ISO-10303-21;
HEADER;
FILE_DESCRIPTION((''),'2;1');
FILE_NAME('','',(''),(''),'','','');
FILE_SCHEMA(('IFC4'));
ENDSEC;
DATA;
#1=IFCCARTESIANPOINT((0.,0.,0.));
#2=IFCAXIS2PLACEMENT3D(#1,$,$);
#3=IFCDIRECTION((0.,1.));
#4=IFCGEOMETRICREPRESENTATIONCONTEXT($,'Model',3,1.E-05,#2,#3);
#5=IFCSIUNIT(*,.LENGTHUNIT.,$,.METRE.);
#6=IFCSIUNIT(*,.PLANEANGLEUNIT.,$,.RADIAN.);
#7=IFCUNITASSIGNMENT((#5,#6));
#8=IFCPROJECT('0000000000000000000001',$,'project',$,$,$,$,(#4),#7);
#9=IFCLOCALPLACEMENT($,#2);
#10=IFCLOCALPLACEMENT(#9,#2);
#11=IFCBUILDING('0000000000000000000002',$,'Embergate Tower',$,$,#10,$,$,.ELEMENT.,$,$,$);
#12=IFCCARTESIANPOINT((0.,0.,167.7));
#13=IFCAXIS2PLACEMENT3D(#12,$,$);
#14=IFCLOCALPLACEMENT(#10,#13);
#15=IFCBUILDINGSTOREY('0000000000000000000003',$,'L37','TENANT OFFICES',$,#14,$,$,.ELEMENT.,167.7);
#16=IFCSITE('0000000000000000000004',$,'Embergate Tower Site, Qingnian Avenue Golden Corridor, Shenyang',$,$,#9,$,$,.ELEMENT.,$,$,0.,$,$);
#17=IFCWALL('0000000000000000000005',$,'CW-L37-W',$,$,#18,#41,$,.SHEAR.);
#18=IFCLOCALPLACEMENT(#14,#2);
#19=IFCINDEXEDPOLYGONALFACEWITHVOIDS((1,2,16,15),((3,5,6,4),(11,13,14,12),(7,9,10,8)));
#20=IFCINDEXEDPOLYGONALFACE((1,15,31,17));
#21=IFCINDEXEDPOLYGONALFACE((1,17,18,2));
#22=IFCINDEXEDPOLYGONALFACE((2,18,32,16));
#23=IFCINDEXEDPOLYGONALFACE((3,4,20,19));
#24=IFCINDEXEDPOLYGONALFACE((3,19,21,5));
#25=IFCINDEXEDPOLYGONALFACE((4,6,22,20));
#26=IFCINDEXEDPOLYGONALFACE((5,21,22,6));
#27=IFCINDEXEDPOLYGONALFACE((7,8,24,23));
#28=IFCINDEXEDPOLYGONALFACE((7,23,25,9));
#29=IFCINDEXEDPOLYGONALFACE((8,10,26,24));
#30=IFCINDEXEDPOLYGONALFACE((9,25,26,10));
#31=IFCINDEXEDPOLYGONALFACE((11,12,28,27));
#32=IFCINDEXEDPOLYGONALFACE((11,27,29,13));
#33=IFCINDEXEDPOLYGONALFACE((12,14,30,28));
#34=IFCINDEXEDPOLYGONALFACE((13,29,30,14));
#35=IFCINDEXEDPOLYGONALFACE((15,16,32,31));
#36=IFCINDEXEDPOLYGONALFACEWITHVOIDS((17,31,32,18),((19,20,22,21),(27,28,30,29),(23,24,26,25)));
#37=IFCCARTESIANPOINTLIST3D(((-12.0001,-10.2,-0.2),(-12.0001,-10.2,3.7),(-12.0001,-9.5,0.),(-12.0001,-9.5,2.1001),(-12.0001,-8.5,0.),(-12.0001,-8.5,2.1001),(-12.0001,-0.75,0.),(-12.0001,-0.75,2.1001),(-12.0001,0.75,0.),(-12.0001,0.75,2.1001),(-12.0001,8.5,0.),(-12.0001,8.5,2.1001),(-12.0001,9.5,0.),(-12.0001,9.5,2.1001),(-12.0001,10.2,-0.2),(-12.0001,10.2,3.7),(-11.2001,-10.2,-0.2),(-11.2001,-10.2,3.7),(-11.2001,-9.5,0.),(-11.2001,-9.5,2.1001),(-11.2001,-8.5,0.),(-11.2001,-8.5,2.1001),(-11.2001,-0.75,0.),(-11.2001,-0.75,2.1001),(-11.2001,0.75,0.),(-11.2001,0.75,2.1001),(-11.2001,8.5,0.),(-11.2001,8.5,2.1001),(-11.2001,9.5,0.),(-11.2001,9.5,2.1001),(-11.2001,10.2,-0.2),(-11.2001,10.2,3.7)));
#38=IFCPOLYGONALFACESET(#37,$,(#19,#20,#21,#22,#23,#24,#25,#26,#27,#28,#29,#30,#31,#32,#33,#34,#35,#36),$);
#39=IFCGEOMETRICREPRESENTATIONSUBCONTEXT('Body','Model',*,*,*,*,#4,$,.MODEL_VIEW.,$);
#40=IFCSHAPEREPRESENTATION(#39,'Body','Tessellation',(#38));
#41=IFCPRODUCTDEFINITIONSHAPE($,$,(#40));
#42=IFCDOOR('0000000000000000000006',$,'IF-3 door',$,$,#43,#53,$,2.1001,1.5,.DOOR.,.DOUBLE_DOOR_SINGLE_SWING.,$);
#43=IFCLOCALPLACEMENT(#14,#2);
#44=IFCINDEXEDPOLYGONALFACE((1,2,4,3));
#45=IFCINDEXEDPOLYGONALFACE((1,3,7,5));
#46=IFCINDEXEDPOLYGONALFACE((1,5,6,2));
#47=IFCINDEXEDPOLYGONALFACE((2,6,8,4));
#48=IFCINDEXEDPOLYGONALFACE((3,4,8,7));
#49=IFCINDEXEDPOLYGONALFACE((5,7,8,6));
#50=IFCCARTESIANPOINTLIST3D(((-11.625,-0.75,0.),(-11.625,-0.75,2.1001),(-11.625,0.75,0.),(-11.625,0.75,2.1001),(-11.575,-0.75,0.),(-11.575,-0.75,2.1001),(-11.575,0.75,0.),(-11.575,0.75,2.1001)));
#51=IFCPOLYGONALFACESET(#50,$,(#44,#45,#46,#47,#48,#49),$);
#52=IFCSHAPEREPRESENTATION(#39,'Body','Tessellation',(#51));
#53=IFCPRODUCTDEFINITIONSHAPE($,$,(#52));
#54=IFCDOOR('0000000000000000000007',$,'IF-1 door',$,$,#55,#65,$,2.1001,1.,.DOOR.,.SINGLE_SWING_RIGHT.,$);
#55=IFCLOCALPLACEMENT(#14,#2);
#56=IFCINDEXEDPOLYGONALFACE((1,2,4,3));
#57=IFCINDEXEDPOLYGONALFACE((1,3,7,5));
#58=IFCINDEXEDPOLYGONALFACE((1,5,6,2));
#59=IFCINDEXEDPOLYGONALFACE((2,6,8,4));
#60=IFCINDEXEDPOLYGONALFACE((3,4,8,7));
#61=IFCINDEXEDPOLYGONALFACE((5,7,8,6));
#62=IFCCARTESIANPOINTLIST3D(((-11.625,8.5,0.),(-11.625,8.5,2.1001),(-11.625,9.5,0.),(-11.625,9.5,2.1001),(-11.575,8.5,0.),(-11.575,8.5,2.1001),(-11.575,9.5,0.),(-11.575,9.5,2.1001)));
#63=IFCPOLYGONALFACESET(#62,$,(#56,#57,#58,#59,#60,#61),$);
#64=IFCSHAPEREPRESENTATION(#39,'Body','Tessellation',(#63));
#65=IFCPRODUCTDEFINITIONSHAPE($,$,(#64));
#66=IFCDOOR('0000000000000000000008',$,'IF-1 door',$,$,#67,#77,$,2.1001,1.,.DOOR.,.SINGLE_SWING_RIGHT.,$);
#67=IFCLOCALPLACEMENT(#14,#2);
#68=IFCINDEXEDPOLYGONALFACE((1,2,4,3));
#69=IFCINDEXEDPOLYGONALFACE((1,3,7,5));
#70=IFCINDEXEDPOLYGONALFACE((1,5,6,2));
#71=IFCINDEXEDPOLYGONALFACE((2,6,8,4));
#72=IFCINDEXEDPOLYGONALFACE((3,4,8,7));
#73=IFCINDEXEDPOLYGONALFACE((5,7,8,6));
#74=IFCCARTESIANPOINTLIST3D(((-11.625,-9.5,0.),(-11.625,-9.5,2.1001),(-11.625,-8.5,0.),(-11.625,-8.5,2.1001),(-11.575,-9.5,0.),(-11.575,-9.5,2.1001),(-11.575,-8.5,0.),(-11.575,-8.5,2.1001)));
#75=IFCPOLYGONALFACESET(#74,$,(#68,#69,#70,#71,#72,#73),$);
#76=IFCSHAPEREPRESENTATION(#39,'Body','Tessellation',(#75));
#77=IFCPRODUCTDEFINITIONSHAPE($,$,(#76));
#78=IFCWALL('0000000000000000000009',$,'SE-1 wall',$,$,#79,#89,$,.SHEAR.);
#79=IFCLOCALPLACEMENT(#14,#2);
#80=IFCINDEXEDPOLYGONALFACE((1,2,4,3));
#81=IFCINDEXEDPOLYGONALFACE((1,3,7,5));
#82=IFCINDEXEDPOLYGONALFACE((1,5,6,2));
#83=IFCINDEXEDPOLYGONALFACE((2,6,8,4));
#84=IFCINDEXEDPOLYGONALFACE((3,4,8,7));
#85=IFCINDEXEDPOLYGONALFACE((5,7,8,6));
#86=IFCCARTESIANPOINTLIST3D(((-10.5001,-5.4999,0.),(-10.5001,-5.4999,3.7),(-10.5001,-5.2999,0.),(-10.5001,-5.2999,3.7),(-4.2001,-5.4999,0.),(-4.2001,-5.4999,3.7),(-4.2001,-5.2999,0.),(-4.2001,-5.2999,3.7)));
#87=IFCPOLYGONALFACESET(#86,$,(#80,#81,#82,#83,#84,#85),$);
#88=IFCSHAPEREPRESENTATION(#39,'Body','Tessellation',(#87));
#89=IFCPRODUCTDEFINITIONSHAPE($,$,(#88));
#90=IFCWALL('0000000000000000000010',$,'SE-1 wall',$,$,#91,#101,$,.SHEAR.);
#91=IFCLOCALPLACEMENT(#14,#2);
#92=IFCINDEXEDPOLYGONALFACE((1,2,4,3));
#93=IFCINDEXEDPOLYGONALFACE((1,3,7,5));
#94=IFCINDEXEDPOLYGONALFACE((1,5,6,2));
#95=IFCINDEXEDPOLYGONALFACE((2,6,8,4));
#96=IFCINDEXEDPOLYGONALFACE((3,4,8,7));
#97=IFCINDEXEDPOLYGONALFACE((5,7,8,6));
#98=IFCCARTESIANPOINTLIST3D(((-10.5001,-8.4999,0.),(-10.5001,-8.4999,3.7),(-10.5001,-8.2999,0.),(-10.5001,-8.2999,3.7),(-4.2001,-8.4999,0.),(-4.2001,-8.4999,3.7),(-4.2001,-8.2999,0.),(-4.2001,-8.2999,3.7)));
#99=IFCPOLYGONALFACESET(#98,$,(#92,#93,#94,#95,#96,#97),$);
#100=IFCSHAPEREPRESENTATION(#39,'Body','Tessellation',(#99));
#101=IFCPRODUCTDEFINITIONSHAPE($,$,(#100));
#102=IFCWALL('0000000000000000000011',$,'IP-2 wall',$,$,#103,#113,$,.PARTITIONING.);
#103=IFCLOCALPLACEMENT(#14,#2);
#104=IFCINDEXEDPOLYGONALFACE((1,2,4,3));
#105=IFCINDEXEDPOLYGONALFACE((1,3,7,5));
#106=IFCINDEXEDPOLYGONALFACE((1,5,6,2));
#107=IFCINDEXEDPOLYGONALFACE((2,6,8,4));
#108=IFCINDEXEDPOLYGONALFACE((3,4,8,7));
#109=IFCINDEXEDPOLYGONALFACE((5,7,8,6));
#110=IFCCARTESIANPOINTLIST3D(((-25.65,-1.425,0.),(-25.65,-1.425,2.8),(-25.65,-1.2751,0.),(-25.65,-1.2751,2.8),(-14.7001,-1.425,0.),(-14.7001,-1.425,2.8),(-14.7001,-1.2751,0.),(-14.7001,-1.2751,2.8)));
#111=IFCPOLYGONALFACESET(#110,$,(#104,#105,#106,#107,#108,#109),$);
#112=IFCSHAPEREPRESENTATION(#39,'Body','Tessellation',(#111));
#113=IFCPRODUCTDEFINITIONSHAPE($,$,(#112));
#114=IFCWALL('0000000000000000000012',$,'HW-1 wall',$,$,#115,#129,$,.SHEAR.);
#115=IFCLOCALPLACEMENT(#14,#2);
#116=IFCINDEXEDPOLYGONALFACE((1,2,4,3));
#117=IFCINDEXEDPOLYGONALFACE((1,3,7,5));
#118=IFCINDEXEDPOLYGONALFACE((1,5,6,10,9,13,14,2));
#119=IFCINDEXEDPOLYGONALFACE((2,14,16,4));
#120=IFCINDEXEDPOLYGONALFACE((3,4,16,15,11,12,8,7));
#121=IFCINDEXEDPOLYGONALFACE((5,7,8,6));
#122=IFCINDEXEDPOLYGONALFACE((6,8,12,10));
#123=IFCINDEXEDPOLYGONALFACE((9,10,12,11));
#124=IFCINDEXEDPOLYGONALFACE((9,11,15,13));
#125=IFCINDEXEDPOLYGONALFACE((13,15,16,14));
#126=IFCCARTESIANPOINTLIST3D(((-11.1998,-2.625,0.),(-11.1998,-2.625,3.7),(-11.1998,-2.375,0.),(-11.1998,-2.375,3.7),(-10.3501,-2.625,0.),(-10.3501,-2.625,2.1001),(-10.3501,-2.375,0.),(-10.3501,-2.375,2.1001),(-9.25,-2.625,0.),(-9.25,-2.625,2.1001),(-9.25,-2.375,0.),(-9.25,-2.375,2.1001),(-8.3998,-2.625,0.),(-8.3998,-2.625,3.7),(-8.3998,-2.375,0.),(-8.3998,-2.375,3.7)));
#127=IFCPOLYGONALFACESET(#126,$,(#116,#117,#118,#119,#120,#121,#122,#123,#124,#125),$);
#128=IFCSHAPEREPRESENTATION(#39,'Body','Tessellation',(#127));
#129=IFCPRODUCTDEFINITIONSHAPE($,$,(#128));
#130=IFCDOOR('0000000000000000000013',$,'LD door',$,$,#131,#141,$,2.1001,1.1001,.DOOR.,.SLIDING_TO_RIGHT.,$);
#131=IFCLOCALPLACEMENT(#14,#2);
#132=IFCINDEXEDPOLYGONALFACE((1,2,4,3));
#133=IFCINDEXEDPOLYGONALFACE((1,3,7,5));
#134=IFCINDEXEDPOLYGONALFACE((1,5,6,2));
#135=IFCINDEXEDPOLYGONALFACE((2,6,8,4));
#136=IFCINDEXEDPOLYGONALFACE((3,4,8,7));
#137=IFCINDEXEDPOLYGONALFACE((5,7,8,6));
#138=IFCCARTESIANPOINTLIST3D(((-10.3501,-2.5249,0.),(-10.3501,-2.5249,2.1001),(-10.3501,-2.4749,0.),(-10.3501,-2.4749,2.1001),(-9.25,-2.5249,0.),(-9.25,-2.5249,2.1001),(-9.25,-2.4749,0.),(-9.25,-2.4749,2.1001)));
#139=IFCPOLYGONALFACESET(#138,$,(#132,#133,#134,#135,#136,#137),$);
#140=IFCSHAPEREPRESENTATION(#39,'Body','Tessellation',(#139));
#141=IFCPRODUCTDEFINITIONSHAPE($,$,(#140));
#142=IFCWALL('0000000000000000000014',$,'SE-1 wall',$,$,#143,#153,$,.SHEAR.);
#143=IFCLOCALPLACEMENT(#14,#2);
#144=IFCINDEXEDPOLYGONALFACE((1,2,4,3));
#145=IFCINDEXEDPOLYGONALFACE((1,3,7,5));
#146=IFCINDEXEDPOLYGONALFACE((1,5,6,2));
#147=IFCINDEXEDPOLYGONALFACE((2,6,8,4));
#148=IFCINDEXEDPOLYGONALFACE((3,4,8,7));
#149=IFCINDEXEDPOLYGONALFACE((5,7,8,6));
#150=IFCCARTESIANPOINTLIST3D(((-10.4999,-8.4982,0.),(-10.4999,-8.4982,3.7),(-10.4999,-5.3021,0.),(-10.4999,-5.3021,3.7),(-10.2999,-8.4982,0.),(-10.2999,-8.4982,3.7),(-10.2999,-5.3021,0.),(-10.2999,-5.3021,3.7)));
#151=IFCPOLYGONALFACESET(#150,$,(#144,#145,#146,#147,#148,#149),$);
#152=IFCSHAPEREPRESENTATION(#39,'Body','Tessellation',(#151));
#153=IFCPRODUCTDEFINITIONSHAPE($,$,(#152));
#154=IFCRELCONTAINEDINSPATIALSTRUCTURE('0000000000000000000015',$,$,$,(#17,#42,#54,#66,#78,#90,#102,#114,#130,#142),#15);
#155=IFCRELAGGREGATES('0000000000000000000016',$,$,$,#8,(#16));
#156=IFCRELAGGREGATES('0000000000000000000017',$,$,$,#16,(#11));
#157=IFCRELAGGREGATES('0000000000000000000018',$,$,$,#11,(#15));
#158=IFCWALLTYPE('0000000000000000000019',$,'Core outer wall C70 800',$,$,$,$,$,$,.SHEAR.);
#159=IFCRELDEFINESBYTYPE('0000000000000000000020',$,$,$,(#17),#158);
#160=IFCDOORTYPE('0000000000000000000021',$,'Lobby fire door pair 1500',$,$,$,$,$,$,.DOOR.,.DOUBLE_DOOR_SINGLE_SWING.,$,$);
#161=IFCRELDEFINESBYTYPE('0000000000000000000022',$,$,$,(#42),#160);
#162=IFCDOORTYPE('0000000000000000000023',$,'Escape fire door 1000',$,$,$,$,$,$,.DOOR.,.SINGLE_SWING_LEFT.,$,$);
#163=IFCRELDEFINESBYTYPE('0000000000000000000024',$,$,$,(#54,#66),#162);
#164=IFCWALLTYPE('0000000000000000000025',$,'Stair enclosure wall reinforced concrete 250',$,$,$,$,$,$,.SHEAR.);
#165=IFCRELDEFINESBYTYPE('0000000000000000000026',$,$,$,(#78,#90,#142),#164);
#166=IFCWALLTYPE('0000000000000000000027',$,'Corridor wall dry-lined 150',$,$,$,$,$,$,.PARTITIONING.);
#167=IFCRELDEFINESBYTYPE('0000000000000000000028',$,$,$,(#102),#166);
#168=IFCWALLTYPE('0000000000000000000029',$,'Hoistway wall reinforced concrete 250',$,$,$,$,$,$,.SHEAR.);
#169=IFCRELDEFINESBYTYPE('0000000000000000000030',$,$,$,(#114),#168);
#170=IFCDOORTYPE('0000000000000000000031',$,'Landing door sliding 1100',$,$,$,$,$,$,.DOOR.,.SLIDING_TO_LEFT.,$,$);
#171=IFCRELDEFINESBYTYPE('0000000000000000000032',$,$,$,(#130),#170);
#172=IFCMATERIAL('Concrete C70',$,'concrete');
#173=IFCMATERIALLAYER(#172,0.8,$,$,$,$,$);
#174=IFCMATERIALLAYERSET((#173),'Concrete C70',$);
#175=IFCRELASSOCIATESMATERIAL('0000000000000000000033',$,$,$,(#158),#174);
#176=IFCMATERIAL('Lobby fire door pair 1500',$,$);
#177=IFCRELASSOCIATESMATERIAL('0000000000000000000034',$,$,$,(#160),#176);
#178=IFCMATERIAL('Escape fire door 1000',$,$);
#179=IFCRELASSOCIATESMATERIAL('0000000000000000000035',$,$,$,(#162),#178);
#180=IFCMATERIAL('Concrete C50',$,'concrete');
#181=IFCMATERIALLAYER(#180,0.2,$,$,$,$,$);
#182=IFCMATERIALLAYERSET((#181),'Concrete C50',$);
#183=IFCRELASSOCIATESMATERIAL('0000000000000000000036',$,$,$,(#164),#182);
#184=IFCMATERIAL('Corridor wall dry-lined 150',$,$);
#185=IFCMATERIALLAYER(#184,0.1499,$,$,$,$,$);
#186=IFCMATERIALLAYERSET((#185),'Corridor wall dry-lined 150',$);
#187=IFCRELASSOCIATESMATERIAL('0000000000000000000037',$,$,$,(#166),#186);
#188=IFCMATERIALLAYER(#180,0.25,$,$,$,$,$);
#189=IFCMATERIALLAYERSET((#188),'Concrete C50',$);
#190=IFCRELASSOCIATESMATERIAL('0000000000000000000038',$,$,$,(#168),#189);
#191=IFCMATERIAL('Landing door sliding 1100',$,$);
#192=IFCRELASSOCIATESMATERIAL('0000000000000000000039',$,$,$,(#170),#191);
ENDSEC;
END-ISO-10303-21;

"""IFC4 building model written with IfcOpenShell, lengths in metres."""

from ifc_helpers import new_model, si_unit, direction, frame, frame_2d, origin, place, context, subcontext, project, spatial, rectangle, extrude, source, transform, mapped, material, layer, layer_set, type_object, element, fill, save


model = new_model("IFC4")

# Units and contexts
model_context = context("Model", 3, precision=1e-05, world=origin(), true_north=direction((0.0, 1.0)))
body_context = subcontext(model_context, "Body", "Model", "MODEL_VIEW")
ifc_project = project(units=[si_unit("LENGTHUNIT", "METRE"), si_unit("PLANEANGLEUNIT", "RADIAN")], contexts=[model_context])

# Site, building, storey
site_placement = place(None, origin())
site = spatial("IfcSite", under=ifc_project, at=site_placement, Name="Embergate Tower Site, Qingnian Avenue Golden Corridor, Shenyang", CompositionType="ELEMENT", RefElevation=0.0)
building_placement = place(site_placement, origin())
building = spatial("IfcBuilding", under=site, at=building_placement, Name="Embergate Tower", CompositionType="ELEMENT")
storey_placement = place(building_placement, frame((0.0, 0.0, 167.7)))
storey = spatial("IfcBuildingStorey", under=building, at=storey_placement, Name="L37", Description="TENANT OFFICES", CompositionType="ELEMENT", Elevation=167.7)

# Wall, openings, doors
ifc_material_1 = material(Name="Concrete C70", Category="concrete")
ifc_layer_1 = layer(ifc_material_1, 0.8)
ifc_layer_set_1 = layer_set([ifc_layer_1], Name="Concrete C70")
wall_type_1 = type_object("IfcWallType", Name="Core outer wall C70 800", PredefinedType="SHEAR", material=ifc_layer_set_1)
shared_shape_1 = source(origin(), body_context, "Body", "SweptSolid", [
    extrude(rectangle(XDim=20.3999, YDim=0.8, at=frame_2d((10.2, 0.0))), origin(), (0.0, 0.0, 1.0), 3.8999),
])
wall_1_placement = place(storey_placement, frame((-11.6001, -10.2, -0.2), z_axis=(0.0, 0.0, 1.0), x_axis=(0.0, 1.0, 0.0)))
wall_1 = element("IfcWall", 1, at=wall_1_placement, inside=storey, type_object=wall_type_1, Name="CW-L37-W", PredefinedType="SHEAR", context=body_context, shape_type="MappedRepresentation", body=[
    mapped(shared_shape_1, transform((0.0, 0.0, 0.0))),
])
shared_shape_2 = source(origin(), body_context, "Body", "SweptSolid", [
    extrude(rectangle(XDim=1.0, YDim=2.1001, at=frame_2d((0.5, 1.05))), frame((0.0, 0.4099, 0.0), z_axis=(0.0, -1.0, 0.0), x_axis=(1.0, 0.0, 0.0)), (0.0, 0.0, 1.0), 0.8201),
])
opening_1_placement = place(wall_1_placement, frame((18.7, 0.0, 0.2)))
opening_1 = element("IfcOpeningElement", 2, at=opening_1_placement, cuts=wall_1, PredefinedType="OPENING", context=body_context, shape_type="MappedRepresentation", body=[
    mapped(shared_shape_2, transform((0.0, 0.0, 0.0))),
])
opening_2_placement = place(wall_1_placement, frame((0.7, 0.0, 0.2)))
opening_2 = element("IfcOpeningElement", 3, at=opening_2_placement, cuts=wall_1, PredefinedType="OPENING", context=body_context, shape_type="MappedRepresentation", body=[
    mapped(shared_shape_2, transform((0.0, 0.0, 0.0))),
])
shared_shape_3 = source(origin(), body_context, "Body", "SweptSolid", [
    extrude(rectangle(XDim=1.5, YDim=2.1001, at=frame_2d((0.75, 1.05))), frame((0.0, 0.4099, 0.0), z_axis=(0.0, -1.0, 0.0), x_axis=(1.0, 0.0, 0.0)), (0.0, 0.0, 1.0), 0.8201),
])
opening_3_placement = place(wall_1_placement, frame((9.45, 0.0, 0.2)))
opening_3 = element("IfcOpeningElement", 4, at=opening_3_placement, cuts=wall_1, PredefinedType="OPENING", context=body_context, shape_type="MappedRepresentation", body=[
    mapped(shared_shape_3, transform((0.0, 0.0, 0.0))),
])
ifc_material_2 = material(Name="Lobby fire door pair 1500")
door_type_1 = type_object("IfcDoorType", Name="Lobby fire door pair 1500", OperationType="DOUBLE_DOOR_SINGLE_SWING", PredefinedType="DOOR", material=ifc_material_2)
shared_shape_4 = source(origin(), body_context, "Body", "SweptSolid", [
    extrude(rectangle(XDim=1.5, YDim=2.1001, at=frame_2d((0.75, 1.05))), frame((0.0, 0.0249, 0.0), z_axis=(0.0, -1.0, 0.0), x_axis=(1.0, 0.0, 0.0)), (0.0, 0.0, 1.0), 0.05),
])
door_1_placement = place(opening_3_placement, origin())
door_1 = element("IfcDoor", 5, at=door_1_placement, inside=storey, type_object=door_type_1, Name="IF-3 door", OperationType="DOUBLE_DOOR_SINGLE_SWING", OverallHeight=2.1001, OverallWidth=1.5, PredefinedType="DOOR", context=body_context, shape_type="MappedRepresentation", body=[
    mapped(shared_shape_4, transform((0.0, 0.0, 0.0))),
])
fill(opening_3, door_1)
ifc_material_3 = material(Name="Escape fire door 1000")
door_type_2 = type_object("IfcDoorType", Name="Escape fire door 1000", OperationType="SINGLE_SWING_LEFT", PredefinedType="DOOR", material=ifc_material_3)
shared_shape_5 = source(origin(), body_context, "Body", "SweptSolid", [
    extrude(rectangle(XDim=1.0, YDim=2.1001, at=frame_2d((0.5, 1.05))), frame((0.0, 0.0249, 0.0), z_axis=(0.0, -1.0, 0.0), x_axis=(1.0, 0.0, 0.0)), (0.0, 0.0, 1.0), 0.05),
])
door_2_placement = place(opening_1_placement, origin())
door_2 = element("IfcDoor", 6, at=door_2_placement, inside=storey, type_object=door_type_2, Name="IF-1 door", OperationType="SINGLE_SWING_RIGHT", OverallHeight=2.1001, OverallWidth=1.0, PredefinedType="DOOR", context=body_context, shape_type="MappedRepresentation", body=[
    mapped(shared_shape_5, transform((0.0, 0.0, 0.0))),
])
fill(opening_1, door_2)
door_3_placement = place(opening_2_placement, origin())
door_3 = element("IfcDoor", 7, at=door_3_placement, inside=storey, type_object=door_type_2, Name="IF-1 door", OperationType="SINGLE_SWING_RIGHT", OverallHeight=2.1001, OverallWidth=1.0, PredefinedType="DOOR", context=body_context, shape_type="MappedRepresentation", body=[
    mapped(shared_shape_5, transform((0.0, 0.0, 0.0))),
])
fill(opening_2, door_3)

# Walls
ifc_material_4 = material(Name="Concrete C50", Category="concrete")
ifc_layer_2 = layer(ifc_material_4, 0.2)
ifc_layer_set_2 = layer_set([ifc_layer_2], Name="Concrete C50")
wall_type_2 = type_object("IfcWallType", Name="Stair enclosure wall reinforced concrete 250", PredefinedType="SHEAR", material=ifc_layer_set_2)
shared_shape_6 = source(origin(), body_context, "Body", "SweptSolid", [
    extrude(rectangle(XDim=6.3, YDim=0.2, at=frame_2d((3.1499, 0.0))), origin(), (0.0, 0.0, 1.0), 3.7),
])
for number, where, z_axis, x_axis, name in (
    (8, (-10.5, -5.3999, 0.0), (0.0, 0.0, 1.0), (1.0, 0.0, 0.0), "SE-1 wall"),
    (9, (-10.5, -8.3999, 0.0), (0.0, 0.0, 1.0), (1.0, 0.0, 0.0), "SE-1 wall"),
):
    element("IfcWall", number, at=place(storey_placement, frame(where, z_axis=z_axis, x_axis=x_axis)), inside=storey, type_object=wall_type_2, Name=name, PredefinedType="SHEAR", context=body_context, shape_type="MappedRepresentation", body=[
        mapped(shared_shape_6, transform((0.0, 0.0, 0.0))),
    ])
ifc_material_5 = material(Name="Corridor wall dry-lined 150")
ifc_layer_3 = layer(ifc_material_5, 0.1499)
ifc_layer_set_3 = layer_set([ifc_layer_3], Name="Corridor wall dry-lined 150")
wall_type_3 = type_object("IfcWallType", Name="Corridor wall dry-lined 150", PredefinedType="PARTITIONING", material=ifc_layer_set_3)
shared_shape_7 = source(origin(), body_context, "Body", "SweptSolid", [
    extrude(rectangle(XDim=10.95, YDim=0.1499, at=frame_2d((5.4751, 0.0))), origin(), (0.0, 0.0, 1.0), 2.8),
])
wall_2_placement = place(storey_placement, frame((-14.7, -1.3501, 0.0), z_axis=(0.0, 0.0, 1.0), x_axis=(-1.0, 0.0, 0.0)))
element("IfcWall", 10, at=wall_2_placement, inside=storey, type_object=wall_type_3, Name="IP-2 wall", PredefinedType="PARTITIONING", context=body_context, shape_type="MappedRepresentation", body=[
    mapped(shared_shape_7, transform((0.0, 0.0, 0.0))),
])

# Wall, opening, door
ifc_layer_4 = layer(ifc_material_4, 0.25)
ifc_layer_set_4 = layer_set([ifc_layer_4], Name="Concrete C50")
wall_type_4 = type_object("IfcWallType", Name="Hoistway wall reinforced concrete 250", PredefinedType="SHEAR", material=ifc_layer_set_4)
shared_shape_8 = source(origin(), body_context, "Body", "SweptSolid", [
    extrude(rectangle(XDim=2.8, YDim=0.25, at=frame_2d((1.3999, 0.0))), origin(), (0.0, 0.0, 1.0), 3.7),
])
wall_3_placement = place(storey_placement, frame((-8.3999, -2.5, 0.0), z_axis=(0.0, 0.0, 1.0), x_axis=(-1.0, 0.0, 0.0)))
wall_3 = element("IfcWall", 11, at=wall_3_placement, inside=storey, type_object=wall_type_4, Name="HW-1 wall", PredefinedType="SHEAR", context=body_context, shape_type="MappedRepresentation", body=[
    mapped(shared_shape_8, transform((0.0, 0.0, 0.0))),
])
shared_shape_9 = source(origin(), body_context, "Body", "SweptSolid", [
    extrude(rectangle(XDim=1.1001, YDim=2.1001, at=frame_2d((0.55, 1.05))), frame((0.0, 0.135, 0.0), z_axis=(0.0, -1.0, 0.0), x_axis=(1.0, 0.0, 0.0)), (0.0, 0.0, 1.0), 0.27),
])
opening_4_placement = place(wall_3_placement, frame((0.8501, 0.0, 0.0)))
opening_4 = element("IfcOpeningElement", 12, at=opening_4_placement, cuts=wall_3, PredefinedType="OPENING", context=body_context, shape_type="MappedRepresentation", body=[
    mapped(shared_shape_9, transform((0.0, 0.0, 0.0))),
])
ifc_material_6 = material(Name="Landing door sliding 1100")
door_type_3 = type_object("IfcDoorType", Name="Landing door sliding 1100", OperationType="SLIDING_TO_LEFT", PredefinedType="DOOR", material=ifc_material_6)
shared_shape_10 = source(origin(), body_context, "Body", "SweptSolid", [
    extrude(rectangle(XDim=1.1001, YDim=2.1001, at=frame_2d((0.55, 1.05))), frame((0.0, 0.0249, 0.0), z_axis=(0.0, -1.0, 0.0), x_axis=(1.0, 0.0, 0.0)), (0.0, 0.0, 1.0), 0.05),
])
door_4_placement = place(opening_4_placement, origin())
door_4 = element("IfcDoor", 13, at=door_4_placement, inside=storey, type_object=door_type_3, Name="LD door", OperationType="SLIDING_TO_RIGHT", OverallHeight=2.1001, OverallWidth=1.1001, PredefinedType="DOOR", context=body_context, shape_type="MappedRepresentation", body=[
    mapped(shared_shape_10, transform((0.0, 0.0, 0.0))),
])
fill(opening_4, door_4)

# Wall
shared_shape_11 = source(origin(), body_context, "Body", "SweptSolid", [
    extrude(rectangle(XDim=3.196, YDim=0.2, at=frame_2d((1.5981, 0.0))), origin(), (0.0, 0.0, 1.0), 3.7),
])
wall_4_placement = place(storey_placement, frame((-10.3999, -5.302, 0.0), z_axis=(0.0, 0.0, 1.0), x_axis=(0.0, -1.0, 0.0)))
element("IfcWall", 14, at=wall_4_placement, inside=storey, type_object=wall_type_2, Name="SE-1 wall", PredefinedType="SHEAR", context=body_context, shape_type="MappedRepresentation", body=[
    mapped(shared_shape_11, transform((0.0, 0.0, 0.0))),
])

save(model, "model.ifc")
